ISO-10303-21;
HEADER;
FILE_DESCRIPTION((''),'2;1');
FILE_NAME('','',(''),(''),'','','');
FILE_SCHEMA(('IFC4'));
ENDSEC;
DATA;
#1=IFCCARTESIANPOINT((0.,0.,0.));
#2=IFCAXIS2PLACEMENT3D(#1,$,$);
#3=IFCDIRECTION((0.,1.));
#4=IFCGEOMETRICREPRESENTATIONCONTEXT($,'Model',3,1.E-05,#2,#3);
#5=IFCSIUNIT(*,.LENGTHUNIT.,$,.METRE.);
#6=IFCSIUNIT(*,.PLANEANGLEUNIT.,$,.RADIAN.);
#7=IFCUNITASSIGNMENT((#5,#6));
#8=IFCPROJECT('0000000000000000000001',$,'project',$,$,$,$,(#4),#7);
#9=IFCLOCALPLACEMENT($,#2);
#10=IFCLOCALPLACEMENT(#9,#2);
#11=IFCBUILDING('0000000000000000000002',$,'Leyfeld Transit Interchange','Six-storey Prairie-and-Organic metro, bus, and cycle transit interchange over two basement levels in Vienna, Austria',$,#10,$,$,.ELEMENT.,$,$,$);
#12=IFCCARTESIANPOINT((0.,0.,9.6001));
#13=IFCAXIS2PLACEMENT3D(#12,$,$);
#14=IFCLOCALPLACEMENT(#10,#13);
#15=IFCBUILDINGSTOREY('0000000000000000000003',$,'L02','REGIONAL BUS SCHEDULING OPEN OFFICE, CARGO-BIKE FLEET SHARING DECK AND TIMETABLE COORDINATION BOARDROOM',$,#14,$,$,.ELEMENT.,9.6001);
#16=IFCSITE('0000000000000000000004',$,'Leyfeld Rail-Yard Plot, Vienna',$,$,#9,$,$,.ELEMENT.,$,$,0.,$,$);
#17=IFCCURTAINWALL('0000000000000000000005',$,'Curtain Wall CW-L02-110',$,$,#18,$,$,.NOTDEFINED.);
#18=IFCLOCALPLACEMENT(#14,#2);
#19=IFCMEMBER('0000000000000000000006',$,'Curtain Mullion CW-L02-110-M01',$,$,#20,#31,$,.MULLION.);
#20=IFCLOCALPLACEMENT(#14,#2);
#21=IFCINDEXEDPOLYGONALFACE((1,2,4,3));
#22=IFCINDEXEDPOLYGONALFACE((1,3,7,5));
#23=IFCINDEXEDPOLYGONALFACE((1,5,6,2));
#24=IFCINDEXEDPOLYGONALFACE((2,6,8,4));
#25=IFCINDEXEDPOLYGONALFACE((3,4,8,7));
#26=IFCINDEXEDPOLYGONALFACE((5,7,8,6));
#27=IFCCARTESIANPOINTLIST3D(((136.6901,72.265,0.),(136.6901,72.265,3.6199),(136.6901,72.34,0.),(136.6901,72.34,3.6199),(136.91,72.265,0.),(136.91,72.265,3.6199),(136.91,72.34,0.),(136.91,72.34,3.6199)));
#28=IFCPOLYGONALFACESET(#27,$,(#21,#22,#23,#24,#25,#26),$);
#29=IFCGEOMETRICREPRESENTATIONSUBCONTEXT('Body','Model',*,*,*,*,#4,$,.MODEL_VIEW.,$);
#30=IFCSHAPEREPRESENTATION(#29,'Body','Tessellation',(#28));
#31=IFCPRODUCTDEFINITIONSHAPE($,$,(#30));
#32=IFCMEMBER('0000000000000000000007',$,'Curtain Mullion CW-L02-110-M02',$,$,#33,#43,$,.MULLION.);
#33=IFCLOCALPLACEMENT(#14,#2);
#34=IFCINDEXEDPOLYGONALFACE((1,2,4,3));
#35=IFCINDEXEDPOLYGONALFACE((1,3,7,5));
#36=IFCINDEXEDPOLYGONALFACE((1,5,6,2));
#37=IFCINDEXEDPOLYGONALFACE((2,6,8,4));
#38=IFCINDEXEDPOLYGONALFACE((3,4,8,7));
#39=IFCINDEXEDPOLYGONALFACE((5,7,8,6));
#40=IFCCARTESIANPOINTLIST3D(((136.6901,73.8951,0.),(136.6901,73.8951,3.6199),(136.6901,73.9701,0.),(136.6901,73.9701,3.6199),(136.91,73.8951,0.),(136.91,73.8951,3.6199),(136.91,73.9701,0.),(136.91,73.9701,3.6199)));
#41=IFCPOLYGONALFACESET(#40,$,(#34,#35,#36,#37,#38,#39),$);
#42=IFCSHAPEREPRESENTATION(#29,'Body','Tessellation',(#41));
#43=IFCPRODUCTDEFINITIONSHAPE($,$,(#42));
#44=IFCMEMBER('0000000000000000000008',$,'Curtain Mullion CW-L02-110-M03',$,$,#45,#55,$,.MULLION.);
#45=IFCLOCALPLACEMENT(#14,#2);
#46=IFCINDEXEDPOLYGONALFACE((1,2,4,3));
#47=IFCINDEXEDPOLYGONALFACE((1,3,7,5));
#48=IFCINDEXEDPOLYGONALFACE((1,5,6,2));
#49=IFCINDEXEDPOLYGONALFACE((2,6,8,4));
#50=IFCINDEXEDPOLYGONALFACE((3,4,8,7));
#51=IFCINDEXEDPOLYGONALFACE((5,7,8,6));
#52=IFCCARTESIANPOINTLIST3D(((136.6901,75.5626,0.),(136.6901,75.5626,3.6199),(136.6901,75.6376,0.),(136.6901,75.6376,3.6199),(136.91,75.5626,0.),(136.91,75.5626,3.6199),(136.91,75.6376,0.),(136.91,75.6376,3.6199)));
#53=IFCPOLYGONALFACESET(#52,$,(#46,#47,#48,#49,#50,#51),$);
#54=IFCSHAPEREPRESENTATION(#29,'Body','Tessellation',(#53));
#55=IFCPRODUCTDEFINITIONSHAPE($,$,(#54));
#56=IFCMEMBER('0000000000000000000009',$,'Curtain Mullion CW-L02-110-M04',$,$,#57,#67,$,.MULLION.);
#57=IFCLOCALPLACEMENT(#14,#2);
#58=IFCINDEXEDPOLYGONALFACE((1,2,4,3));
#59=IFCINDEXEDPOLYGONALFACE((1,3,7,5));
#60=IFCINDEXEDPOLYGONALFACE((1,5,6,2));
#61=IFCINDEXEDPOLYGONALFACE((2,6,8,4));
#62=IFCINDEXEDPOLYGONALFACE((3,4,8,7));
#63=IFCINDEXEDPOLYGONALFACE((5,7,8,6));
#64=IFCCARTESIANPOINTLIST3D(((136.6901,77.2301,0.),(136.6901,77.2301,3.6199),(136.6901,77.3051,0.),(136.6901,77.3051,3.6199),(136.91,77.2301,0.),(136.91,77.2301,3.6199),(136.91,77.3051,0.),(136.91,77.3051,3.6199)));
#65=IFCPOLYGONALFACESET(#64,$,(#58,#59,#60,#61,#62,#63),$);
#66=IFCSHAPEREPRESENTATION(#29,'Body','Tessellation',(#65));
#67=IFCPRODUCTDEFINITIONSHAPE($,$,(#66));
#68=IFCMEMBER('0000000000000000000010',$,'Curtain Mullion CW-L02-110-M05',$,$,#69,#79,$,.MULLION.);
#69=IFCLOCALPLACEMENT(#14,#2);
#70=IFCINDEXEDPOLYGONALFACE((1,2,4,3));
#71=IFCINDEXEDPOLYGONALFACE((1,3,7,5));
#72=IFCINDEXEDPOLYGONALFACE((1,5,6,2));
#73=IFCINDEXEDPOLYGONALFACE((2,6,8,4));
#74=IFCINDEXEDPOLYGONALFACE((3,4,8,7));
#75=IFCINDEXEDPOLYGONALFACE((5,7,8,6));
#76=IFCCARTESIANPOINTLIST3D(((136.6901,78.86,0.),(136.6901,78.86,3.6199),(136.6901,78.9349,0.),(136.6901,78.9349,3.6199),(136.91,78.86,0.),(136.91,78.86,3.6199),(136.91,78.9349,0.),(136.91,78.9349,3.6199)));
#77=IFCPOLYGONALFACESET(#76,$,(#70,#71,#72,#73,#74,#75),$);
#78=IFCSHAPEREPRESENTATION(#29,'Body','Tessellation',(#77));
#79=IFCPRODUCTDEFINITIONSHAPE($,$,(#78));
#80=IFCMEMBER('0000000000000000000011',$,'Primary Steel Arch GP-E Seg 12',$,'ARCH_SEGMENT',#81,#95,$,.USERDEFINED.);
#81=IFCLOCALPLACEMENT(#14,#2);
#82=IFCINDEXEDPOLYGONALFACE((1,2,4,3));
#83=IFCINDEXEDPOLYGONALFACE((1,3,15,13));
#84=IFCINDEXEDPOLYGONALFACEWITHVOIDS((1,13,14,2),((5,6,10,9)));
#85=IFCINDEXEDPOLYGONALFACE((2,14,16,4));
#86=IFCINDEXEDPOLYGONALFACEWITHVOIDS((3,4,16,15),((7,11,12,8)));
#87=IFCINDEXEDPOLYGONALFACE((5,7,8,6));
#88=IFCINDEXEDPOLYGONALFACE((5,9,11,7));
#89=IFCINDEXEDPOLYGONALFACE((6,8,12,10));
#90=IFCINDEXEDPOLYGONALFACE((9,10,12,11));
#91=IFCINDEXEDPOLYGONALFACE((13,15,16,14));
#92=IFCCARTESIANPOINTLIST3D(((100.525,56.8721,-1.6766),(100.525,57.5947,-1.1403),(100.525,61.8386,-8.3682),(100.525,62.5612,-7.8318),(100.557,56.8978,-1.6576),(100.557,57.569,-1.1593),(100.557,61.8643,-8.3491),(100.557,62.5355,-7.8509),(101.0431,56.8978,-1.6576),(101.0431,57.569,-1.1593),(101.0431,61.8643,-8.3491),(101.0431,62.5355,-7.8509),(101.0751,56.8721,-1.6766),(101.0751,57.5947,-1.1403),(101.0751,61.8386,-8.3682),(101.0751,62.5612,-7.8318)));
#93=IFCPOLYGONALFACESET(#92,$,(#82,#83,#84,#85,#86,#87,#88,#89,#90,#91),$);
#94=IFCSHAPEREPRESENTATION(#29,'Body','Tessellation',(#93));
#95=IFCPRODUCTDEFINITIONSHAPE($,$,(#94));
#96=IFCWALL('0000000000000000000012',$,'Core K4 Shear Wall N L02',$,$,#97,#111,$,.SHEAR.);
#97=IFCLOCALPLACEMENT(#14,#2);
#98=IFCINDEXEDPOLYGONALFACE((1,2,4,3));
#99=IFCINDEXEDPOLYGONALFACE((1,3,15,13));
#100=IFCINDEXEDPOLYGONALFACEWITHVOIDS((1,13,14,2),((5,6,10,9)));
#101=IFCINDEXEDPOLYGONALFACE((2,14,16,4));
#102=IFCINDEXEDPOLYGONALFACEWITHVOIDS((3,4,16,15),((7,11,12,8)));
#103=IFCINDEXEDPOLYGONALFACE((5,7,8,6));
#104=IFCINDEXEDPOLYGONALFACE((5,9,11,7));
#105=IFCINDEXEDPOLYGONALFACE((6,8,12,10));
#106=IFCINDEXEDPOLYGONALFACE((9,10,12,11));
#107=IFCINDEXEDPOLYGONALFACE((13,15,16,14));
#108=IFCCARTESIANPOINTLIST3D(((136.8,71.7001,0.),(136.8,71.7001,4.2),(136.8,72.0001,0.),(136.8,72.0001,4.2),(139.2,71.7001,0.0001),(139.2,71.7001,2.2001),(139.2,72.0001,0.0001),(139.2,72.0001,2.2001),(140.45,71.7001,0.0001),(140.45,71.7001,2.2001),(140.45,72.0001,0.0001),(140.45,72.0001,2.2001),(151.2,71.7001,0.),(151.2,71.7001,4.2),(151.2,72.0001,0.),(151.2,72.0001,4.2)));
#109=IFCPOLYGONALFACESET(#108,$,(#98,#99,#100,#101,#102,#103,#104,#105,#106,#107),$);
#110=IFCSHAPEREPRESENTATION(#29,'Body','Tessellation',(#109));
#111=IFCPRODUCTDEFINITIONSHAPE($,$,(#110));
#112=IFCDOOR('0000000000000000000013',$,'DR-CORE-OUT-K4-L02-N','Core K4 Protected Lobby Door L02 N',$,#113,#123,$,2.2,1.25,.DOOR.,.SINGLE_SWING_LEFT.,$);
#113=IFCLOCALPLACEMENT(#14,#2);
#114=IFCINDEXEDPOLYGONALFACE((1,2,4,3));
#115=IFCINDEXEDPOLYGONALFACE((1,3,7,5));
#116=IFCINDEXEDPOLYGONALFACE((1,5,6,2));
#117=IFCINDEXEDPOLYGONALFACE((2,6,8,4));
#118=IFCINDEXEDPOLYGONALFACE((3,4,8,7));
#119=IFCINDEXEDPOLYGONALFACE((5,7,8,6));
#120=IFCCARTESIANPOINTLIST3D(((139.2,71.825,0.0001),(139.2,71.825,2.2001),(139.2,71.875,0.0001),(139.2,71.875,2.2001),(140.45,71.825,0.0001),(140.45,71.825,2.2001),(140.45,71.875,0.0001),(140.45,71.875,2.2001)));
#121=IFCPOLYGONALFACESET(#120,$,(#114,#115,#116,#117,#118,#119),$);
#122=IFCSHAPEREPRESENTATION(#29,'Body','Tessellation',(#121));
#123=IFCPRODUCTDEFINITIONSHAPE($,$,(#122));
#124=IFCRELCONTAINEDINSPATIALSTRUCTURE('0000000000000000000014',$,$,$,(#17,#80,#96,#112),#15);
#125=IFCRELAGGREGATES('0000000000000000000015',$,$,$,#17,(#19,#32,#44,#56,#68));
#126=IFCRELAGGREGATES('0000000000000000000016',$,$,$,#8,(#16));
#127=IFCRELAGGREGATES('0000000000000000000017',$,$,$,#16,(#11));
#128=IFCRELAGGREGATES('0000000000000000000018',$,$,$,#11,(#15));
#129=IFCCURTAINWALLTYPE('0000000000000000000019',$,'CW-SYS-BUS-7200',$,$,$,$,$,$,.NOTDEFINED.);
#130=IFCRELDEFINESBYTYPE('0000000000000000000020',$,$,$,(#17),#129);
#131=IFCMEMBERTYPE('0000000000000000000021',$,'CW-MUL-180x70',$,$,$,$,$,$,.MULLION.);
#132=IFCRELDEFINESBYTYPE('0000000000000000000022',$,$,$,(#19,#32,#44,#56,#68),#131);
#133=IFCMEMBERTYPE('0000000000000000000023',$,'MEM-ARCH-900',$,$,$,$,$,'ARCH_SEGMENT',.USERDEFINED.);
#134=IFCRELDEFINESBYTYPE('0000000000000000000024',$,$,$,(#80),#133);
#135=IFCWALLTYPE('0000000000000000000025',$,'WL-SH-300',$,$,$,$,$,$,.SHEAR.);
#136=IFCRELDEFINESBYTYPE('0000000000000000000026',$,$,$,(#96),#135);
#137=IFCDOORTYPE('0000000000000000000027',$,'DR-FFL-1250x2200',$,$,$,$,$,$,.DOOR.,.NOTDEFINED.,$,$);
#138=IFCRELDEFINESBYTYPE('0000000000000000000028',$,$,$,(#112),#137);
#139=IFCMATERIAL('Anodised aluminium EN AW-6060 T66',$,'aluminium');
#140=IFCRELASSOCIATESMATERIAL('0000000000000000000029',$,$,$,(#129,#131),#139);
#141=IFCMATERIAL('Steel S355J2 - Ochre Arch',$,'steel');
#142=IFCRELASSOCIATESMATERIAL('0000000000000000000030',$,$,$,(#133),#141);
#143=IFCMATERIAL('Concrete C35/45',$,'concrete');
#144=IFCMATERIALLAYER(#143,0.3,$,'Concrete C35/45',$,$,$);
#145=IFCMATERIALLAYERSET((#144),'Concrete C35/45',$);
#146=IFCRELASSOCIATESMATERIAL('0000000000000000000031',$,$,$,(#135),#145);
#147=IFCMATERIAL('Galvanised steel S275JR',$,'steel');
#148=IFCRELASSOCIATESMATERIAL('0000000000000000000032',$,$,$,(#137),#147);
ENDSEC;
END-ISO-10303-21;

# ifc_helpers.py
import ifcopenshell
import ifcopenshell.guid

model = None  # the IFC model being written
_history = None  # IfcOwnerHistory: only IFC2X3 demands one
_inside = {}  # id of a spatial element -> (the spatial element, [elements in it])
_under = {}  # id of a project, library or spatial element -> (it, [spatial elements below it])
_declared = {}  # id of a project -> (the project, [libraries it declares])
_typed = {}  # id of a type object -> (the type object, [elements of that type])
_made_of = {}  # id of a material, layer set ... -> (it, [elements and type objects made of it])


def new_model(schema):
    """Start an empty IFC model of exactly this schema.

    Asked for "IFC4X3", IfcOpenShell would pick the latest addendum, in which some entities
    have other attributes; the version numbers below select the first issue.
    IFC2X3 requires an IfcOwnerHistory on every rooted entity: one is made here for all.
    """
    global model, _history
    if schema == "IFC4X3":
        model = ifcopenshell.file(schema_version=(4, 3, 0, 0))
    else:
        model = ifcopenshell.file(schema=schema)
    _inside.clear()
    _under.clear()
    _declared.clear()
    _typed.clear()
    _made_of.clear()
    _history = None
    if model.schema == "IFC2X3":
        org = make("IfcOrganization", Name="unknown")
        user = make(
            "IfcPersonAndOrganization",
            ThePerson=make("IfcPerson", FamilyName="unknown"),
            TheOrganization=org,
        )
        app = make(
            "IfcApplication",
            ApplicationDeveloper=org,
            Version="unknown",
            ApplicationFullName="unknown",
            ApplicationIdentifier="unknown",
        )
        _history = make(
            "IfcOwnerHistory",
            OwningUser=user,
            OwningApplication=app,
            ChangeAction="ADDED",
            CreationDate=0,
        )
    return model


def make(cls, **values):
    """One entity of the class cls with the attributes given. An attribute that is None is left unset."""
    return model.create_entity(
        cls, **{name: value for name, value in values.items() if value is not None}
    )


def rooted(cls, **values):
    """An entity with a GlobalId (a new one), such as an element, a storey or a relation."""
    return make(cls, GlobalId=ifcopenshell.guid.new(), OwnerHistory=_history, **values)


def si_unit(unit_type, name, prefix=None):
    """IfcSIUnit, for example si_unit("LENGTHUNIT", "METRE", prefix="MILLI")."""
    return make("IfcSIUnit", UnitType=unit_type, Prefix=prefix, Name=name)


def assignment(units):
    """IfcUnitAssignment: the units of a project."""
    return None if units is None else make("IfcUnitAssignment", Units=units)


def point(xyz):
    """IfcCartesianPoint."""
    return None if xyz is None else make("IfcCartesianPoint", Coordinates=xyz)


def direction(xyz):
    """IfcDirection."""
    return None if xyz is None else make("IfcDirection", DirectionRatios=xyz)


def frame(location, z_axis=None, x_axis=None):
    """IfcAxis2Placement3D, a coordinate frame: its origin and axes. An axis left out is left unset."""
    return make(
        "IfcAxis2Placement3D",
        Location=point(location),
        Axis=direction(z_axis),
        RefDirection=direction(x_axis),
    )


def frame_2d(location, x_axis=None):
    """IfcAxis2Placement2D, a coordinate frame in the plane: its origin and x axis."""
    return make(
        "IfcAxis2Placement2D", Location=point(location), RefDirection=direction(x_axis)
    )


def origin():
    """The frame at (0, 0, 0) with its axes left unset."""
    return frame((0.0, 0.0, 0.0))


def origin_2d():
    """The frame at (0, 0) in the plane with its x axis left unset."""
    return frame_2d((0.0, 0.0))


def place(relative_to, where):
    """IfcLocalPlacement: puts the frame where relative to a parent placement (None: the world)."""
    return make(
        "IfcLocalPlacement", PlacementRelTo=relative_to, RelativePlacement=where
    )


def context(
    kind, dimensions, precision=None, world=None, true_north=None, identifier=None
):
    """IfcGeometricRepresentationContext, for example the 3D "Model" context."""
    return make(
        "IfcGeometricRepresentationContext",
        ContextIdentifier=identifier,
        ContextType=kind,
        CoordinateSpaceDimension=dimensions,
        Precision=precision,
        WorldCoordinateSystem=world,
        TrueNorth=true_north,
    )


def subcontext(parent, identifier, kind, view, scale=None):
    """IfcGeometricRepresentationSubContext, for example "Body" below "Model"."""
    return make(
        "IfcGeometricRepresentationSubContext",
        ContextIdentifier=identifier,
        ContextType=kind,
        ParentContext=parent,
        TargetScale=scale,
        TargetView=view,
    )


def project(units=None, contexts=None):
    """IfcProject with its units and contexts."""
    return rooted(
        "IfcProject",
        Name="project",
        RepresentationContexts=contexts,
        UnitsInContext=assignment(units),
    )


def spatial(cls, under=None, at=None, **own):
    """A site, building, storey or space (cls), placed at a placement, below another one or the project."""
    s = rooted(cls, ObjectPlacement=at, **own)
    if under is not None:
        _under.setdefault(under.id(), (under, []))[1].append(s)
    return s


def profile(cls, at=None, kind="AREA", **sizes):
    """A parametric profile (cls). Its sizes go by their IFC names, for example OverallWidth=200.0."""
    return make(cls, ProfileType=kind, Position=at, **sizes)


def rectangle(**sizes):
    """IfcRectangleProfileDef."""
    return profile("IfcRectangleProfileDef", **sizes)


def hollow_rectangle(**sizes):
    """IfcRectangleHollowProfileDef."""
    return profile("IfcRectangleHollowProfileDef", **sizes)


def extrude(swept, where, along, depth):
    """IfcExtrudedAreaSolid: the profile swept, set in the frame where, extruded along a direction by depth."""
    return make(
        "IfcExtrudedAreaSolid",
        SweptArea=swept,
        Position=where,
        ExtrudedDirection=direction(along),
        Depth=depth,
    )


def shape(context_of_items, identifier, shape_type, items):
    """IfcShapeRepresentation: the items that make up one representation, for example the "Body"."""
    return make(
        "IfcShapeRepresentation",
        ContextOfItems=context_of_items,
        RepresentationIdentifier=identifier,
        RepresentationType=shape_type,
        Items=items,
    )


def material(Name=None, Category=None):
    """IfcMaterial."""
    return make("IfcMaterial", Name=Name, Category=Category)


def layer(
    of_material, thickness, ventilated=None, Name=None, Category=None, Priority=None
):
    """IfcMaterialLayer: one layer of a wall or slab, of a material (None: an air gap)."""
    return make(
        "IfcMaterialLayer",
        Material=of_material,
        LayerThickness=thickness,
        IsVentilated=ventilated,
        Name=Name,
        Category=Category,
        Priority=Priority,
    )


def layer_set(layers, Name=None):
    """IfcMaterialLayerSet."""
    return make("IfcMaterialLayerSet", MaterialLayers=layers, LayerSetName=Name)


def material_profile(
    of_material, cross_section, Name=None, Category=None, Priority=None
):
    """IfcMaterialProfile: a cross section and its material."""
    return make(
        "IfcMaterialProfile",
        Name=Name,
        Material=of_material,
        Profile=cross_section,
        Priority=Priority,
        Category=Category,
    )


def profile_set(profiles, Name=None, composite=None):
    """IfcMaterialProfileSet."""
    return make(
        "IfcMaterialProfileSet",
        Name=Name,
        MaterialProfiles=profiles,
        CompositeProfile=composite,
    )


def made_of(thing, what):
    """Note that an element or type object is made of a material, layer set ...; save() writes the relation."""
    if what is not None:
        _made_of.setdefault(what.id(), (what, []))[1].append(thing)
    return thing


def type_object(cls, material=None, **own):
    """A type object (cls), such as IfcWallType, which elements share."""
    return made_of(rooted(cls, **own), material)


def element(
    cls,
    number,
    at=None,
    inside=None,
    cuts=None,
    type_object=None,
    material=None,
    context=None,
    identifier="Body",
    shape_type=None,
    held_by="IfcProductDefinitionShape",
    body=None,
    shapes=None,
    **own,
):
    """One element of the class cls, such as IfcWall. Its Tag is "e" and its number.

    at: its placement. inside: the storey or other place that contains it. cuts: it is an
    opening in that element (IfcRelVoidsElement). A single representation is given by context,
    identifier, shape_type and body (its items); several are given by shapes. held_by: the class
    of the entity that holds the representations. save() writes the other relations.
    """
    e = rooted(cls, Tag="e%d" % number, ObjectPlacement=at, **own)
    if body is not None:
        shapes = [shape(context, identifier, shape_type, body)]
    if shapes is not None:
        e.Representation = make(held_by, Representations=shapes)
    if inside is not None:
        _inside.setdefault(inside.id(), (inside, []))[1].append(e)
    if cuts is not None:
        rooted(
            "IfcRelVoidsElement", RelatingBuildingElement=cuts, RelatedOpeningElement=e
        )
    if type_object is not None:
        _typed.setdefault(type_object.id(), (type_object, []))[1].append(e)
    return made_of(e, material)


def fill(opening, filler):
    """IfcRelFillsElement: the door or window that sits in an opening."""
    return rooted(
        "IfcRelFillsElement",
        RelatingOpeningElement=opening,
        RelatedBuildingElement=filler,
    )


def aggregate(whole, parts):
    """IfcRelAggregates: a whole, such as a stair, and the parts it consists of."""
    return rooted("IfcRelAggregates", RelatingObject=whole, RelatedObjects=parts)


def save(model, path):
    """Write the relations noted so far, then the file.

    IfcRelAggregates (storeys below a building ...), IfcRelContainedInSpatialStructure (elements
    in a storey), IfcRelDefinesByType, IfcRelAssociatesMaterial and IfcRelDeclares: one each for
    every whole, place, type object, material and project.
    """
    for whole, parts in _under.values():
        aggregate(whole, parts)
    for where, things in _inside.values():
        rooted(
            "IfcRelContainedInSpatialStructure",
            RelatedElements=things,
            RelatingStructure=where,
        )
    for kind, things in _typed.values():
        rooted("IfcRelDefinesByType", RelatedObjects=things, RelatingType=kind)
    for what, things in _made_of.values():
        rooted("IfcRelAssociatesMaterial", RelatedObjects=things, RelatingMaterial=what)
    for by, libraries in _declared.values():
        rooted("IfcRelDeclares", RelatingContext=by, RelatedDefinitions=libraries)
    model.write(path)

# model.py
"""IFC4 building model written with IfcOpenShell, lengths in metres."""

from ifc_helpers import new_model, si_unit, direction, frame, frame_2d, origin, origin_2d, place, context, subcontext, project, spatial, rectangle, hollow_rectangle, extrude, material, layer, layer_set, material_profile, profile_set, type_object, element, fill, aggregate, save


model = new_model("IFC4")

# Units and contexts
model_context = context("Model", 3, precision=1e-05, world=origin(), true_north=direction((0.0, 1.0)))
body_context = subcontext(model_context, "Body", "Model", "MODEL_VIEW")
ifc_project = project(units=[si_unit("LENGTHUNIT", "METRE"), si_unit("PLANEANGLEUNIT", "RADIAN")], contexts=[model_context])

# Site, building, storey
site_placement = place(None, origin())
site = spatial("IfcSite", under=ifc_project, at=site_placement, Name="Leyfeld Rail-Yard Plot, Vienna", CompositionType="ELEMENT", RefElevation=0.0)
building_placement = place(site_placement, origin())
building = spatial("IfcBuilding", under=site, at=building_placement, Name="Leyfeld Transit Interchange", Description="Six-storey Prairie-and-Organic metro, bus, and cycle transit interchange over two basement levels in Vienna, Austria", CompositionType="ELEMENT")
storey_placement = place(building_placement, frame((0.0, 0.0, 9.6001)))
storey = spatial("IfcBuildingStorey", under=building, at=storey_placement, Name="L02", Description="REGIONAL BUS SCHEDULING OPEN OFFICE, CARGO-BIKE FLEET SHARING DECK AND TIMETABLE COORDINATION BOARDROOM", CompositionType="ELEMENT", Elevation=9.6001)

# Shared definitions
ifc_material_1 = material(Name="Concrete C35/45", Category="concrete")

# Curtain wall, members
ifc_material_2 = material(Name="Anodised aluminium EN AW-6060 T66", Category="aluminium")
curtain_wall_type = type_object("IfcCurtainWallType", Name="CW-SYS-BUS-7200", PredefinedType="NOTDEFINED", material=ifc_material_2)
curtain_wall_placement = place(storey_placement, origin())
curtain_wall = element("IfcCurtainWall", 1, at=curtain_wall_placement, inside=storey, type_object=curtain_wall_type, Name="Curtain Wall CW-L02-110", PredefinedType="NOTDEFINED")
ifc_material_profile_1 = material_profile(ifc_material_2, rectangle(XDim=0.075, YDim=0.22, at=origin_2d()), Name="CW-M 75x220")
ifc_profile_set_1 = profile_set([ifc_material_profile_1], Name="Anodised aluminium EN AW-6060 T66")
member_type_1 = type_object("IfcMemberType", Name="CW-MUL-180x70", PredefinedType="MULLION", material=ifc_profile_set_1)
member_1_placement = place(storey_placement, frame((136.8, 72.3025, 0.0), z_axis=(0.0, 0.0, 1.0), x_axis=(0.0, 1.0, 0.0)))
member_1 = element("IfcMember", 2, at=member_1_placement, type_object=member_type_1, Name="Curtain Mullion CW-L02-110-M01", PredefinedType="MULLION", context=body_context, shape_type="SweptSolid", body=[
    extrude(rectangle(XDim=0.075, YDim=0.22, at=origin_2d()), origin(), (0.0, 0.0, 1.0), 3.6199),
])
member_2_placement = place(storey_placement, frame((136.8, 73.9326, 0.0), z_axis=(0.0, 0.0, 1.0), x_axis=(0.0, 1.0, 0.0)))
member_2 = element("IfcMember", 3, at=member_2_placement, type_object=member_type_1, Name="Curtain Mullion CW-L02-110-M02", PredefinedType="MULLION", context=body_context, shape_type="SweptSolid", body=[
    extrude(rectangle(XDim=0.075, YDim=0.22, at=origin_2d()), origin(), (0.0, 0.0, 1.0), 3.6199),
])
member_3_placement = place(storey_placement, frame((136.8, 75.6001, 0.0), z_axis=(0.0, 0.0, 1.0), x_axis=(0.0, 1.0, 0.0)))
member_3 = element("IfcMember", 4, at=member_3_placement, type_object=member_type_1, Name="Curtain Mullion CW-L02-110-M03", PredefinedType="MULLION", context=body_context, shape_type="SweptSolid", body=[
    extrude(rectangle(XDim=0.075, YDim=0.22, at=origin_2d()), origin(), (0.0, 0.0, 1.0), 3.6199),
])
member_4_placement = place(storey_placement, frame((136.8, 77.2676, 0.0), z_axis=(0.0, 0.0, 1.0), x_axis=(0.0, 1.0, 0.0)))
member_4 = element("IfcMember", 5, at=member_4_placement, type_object=member_type_1, Name="Curtain Mullion CW-L02-110-M04", PredefinedType="MULLION", context=body_context, shape_type="SweptSolid", body=[
    extrude(rectangle(XDim=0.075, YDim=0.22, at=origin_2d()), origin(), (0.0, 0.0, 1.0), 3.6199),
])
member_5_placement = place(storey_placement, frame((136.8, 78.8975, 0.0), z_axis=(0.0, 0.0, 1.0), x_axis=(0.0, 1.0, 0.0)))
member_5 = element("IfcMember", 6, at=member_5_placement, type_object=member_type_1, Name="Curtain Mullion CW-L02-110-M05", PredefinedType="MULLION", context=body_context, shape_type="SweptSolid", body=[
    extrude(rectangle(XDim=0.075, YDim=0.22, at=origin_2d()), origin(), (0.0, 0.0, 1.0), 3.6199),
])
aggregate(curtain_wall, [member_1, member_2, member_3, member_4, member_5])

# Member
ifc_material_3 = material(Name="Steel S355J2 - Ochre Arch", Category="steel")
ifc_material_profile_2 = material_profile(ifc_material_3, hollow_rectangle(XDim=0.55, YDim=0.8999, WallThickness=0.032, at=origin_2d()), Name="RHS 900x550x32")
ifc_profile_set_2 = profile_set([ifc_material_profile_2], Name="Steel S355J2 - Ochre Arch")
member_type_2 = type_object("IfcMemberType", Name="MEM-ARCH-900", ElementType="ARCH_SEGMENT", PredefinedType="USERDEFINED", material=ifc_profile_set_2)
member_6_placement = place(storey_placement, frame((100.8, 57.2334, -1.4084), z_axis=(0.0, 0.595985, -0.802996), x_axis=(-1.0, 0.0, 0.0)))
element("IfcMember", 7, at=member_6_placement, inside=storey, type_object=member_type_2, Name="Primary Steel Arch GP-E Seg 12", ObjectType="ARCH_SEGMENT", PredefinedType="USERDEFINED", context=body_context, shape_type="SweptSolid", body=[
    extrude(hollow_rectangle(XDim=0.55, YDim=0.8999, WallThickness=0.032, at=origin_2d()), origin(), (0.0, 0.0, 1.0), 8.3333),
])

# Wall, opening, door
ifc_layer = layer(ifc_material_1, 0.3, Name="Concrete C35/45")
ifc_layer_set = layer_set([ifc_layer], Name="Concrete C35/45")
wall_type = type_object("IfcWallType", Name="WL-SH-300", PredefinedType="SHEAR", material=ifc_layer_set)
wall_placement = place(storey_placement, frame((136.8, 71.8501, 0.0), z_axis=(0.0, 0.0, 1.0), x_axis=(1.0, 0.0, 0.0)))
wall = element("IfcWall", 8, at=wall_placement, inside=storey, type_object=wall_type, Name="Core K4 Shear Wall N L02", PredefinedType="SHEAR", context=body_context, shape_type="SweptSolid", body=[
    extrude(rectangle(XDim=14.3999, YDim=0.3, at=frame_2d((7.2, 0.0))), origin(), (0.0, 0.0, 1.0), 4.2),
])
opening_placement = place(wall_placement, frame((2.3999, 0.0, 0.0)))
opening = element("IfcOpeningElement", 9, at=opening_placement, cuts=wall, PredefinedType="OPENING", context=body_context, shape_type="SweptSolid", body=[
    extrude(rectangle(XDim=1.25, YDim=2.2, at=frame_2d((0.625, 1.1001))), frame((0.0, 0.1599, 0.0), z_axis=(0.0, -1.0, 0.0), x_axis=(1.0, 0.0, 0.0)), (0.0, 0.0, 1.0), 0.3201),
])
ifc_material_4 = material(Name="Galvanised steel S275JR", Category="steel")
door_type = type_object("IfcDoorType", Name="DR-FFL-1250x2200", OperationType="NOTDEFINED", PredefinedType="DOOR", material=ifc_material_4)
door_placement = place(opening_placement, origin())
door = element("IfcDoor", 10, at=door_placement, inside=storey, type_object=door_type, Name="DR-CORE-OUT-K4-L02-N", Description="Core K4 Protected Lobby Door L02 N", OperationType="SINGLE_SWING_LEFT", OverallHeight=2.2, OverallWidth=1.25, PredefinedType="DOOR", context=body_context, shape_type="SweptSolid", body=[
    extrude(rectangle(XDim=1.25, YDim=2.2, at=frame_2d((0.625, 1.1001))), frame((0.0, 0.0249, 0.0), z_axis=(0.0, -1.0, 0.0), x_axis=(1.0, 0.0, 0.0)), (0.0, 0.0, 1.0), 0.05),
])
fill(opening, door)

save(model, "model.ifc")
